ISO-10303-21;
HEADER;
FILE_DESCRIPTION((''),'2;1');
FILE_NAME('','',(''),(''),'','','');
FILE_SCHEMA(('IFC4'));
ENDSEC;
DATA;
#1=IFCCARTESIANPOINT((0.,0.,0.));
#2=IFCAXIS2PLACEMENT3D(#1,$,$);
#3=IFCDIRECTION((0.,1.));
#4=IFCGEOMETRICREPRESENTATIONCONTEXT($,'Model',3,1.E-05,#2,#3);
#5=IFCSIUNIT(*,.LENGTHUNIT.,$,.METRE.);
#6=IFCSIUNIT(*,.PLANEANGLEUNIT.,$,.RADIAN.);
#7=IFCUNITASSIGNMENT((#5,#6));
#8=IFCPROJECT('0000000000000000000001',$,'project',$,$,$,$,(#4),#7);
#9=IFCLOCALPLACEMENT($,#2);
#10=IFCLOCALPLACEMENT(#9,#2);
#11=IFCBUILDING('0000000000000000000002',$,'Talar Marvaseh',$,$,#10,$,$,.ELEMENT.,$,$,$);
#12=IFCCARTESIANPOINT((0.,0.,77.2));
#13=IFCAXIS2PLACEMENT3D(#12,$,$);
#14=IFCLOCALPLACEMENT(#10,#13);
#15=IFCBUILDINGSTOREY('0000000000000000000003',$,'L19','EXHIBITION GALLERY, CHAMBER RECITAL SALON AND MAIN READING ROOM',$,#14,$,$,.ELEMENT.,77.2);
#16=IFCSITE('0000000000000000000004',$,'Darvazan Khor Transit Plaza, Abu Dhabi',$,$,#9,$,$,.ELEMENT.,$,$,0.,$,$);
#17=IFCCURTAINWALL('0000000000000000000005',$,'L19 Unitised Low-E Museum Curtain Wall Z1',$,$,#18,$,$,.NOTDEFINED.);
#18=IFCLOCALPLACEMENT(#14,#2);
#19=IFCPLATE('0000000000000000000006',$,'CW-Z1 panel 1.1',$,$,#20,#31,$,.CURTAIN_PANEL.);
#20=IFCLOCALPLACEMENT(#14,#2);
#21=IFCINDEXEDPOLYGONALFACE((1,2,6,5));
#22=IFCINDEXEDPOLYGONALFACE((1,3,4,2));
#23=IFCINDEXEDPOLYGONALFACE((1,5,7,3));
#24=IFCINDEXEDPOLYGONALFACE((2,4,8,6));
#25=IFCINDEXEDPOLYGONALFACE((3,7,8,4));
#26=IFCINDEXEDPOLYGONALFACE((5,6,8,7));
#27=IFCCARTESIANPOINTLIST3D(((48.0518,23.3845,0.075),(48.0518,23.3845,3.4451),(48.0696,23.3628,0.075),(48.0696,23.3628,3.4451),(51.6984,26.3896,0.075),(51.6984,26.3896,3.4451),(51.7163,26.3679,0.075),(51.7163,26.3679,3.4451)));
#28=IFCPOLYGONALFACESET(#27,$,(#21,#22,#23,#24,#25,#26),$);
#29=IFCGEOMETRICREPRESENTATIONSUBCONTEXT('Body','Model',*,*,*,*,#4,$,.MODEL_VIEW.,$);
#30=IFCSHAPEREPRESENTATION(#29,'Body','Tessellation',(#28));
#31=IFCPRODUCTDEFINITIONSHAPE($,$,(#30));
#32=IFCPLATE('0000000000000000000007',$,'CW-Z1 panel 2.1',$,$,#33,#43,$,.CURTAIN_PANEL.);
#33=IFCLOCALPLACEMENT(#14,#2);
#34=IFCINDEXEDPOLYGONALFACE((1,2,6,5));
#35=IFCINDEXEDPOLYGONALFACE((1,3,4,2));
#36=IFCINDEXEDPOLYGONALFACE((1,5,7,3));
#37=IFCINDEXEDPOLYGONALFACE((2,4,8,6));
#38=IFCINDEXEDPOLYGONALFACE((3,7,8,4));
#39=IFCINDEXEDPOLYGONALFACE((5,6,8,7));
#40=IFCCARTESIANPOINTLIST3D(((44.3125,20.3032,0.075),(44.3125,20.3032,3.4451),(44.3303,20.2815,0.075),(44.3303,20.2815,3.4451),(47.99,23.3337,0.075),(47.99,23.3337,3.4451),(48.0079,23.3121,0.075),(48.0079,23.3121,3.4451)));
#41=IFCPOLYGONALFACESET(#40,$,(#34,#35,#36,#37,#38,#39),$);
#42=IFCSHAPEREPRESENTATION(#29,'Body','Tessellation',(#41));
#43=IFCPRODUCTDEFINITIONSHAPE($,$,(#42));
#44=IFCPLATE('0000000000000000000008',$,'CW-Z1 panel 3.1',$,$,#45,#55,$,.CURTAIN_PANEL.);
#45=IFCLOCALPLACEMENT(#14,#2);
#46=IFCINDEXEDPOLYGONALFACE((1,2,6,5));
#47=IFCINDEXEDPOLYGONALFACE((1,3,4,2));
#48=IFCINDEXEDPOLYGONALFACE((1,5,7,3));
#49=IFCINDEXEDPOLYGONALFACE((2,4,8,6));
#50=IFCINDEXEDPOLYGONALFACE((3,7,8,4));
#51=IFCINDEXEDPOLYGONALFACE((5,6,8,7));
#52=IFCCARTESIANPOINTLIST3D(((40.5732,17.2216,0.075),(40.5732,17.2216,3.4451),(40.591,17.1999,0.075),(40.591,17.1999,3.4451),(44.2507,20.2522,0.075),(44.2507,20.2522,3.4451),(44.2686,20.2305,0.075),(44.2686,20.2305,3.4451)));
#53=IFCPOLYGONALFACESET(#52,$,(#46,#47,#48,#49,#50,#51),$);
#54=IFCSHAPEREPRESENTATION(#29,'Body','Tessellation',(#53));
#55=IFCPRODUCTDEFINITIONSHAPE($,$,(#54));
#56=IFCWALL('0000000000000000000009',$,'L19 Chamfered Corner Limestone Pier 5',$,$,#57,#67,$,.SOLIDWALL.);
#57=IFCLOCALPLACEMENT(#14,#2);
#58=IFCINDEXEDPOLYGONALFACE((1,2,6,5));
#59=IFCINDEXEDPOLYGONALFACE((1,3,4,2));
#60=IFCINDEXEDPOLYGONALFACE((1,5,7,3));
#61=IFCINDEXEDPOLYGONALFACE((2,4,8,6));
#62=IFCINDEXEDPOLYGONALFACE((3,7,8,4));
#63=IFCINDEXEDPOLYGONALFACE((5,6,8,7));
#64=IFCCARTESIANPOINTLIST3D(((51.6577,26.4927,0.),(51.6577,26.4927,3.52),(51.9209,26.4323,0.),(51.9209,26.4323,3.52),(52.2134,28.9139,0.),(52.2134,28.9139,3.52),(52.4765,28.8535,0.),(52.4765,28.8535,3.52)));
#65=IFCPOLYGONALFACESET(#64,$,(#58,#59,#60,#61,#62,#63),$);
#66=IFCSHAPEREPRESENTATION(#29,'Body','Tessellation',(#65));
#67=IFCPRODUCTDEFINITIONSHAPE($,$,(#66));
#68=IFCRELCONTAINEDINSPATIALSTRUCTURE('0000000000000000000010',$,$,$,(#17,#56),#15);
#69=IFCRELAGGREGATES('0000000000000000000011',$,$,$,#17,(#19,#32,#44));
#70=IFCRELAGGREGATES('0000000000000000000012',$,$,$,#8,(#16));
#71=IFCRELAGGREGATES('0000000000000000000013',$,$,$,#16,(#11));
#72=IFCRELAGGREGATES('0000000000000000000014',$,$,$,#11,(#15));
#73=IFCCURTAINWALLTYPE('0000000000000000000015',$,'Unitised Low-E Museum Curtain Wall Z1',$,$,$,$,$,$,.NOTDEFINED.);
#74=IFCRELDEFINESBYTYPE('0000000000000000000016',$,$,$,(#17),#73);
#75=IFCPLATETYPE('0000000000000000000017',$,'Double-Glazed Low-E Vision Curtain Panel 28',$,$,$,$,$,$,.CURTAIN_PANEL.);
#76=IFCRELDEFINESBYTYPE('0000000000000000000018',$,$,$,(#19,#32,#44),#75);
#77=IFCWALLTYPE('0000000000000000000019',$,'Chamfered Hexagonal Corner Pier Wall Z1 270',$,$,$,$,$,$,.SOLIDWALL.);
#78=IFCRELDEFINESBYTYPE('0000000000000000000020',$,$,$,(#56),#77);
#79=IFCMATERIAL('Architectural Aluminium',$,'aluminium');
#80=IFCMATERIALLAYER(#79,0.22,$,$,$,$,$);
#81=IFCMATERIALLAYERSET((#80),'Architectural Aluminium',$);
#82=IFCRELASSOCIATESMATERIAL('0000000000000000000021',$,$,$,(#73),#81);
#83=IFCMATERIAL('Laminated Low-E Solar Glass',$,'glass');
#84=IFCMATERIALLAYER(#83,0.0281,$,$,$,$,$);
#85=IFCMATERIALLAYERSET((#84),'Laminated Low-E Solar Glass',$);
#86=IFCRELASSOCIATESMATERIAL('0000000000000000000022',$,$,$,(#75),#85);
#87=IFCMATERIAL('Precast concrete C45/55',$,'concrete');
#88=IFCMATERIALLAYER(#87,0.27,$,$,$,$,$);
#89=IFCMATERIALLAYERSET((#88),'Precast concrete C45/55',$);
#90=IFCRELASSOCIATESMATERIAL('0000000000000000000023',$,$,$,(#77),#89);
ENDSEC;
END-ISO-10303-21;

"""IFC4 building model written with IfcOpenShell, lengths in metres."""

from ifc_helpers import new_model, si_unit, direction, frame, frame_2d, origin, origin_2d, place, context, subcontext, project, spatial, rectangle, extrude, source, transform, mapped, material, layer, layer_set, type_object, element, aggregate, save


model = new_model("IFC4")

# Units and contexts
model_context = context("Model", 3, precision=1e-05, world=origin(), true_north=direction((0.0, 1.0)))
body_context = subcontext(model_context, "Body", "Model", "MODEL_VIEW")
ifc_project = project(units=[si_unit("LENGTHUNIT", "METRE"), si_unit("PLANEANGLEUNIT", "RADIAN")], contexts=[model_context])

# Site, building, storey
site_placement = place(None, origin())
site = spatial("IfcSite", under=ifc_project, at=site_placement, Name="Darvazan Khor Transit Plaza, Abu Dhabi", CompositionType="ELEMENT", RefElevation=0.0)
building_placement = place(site_placement, origin())
building = spatial("IfcBuilding", under=site, at=building_placement, Name="Talar Marvaseh", CompositionType="ELEMENT")
storey_placement = place(building_placement, frame((0.0, 0.0, 77.2)))
storey = spatial("IfcBuildingStorey", under=building, at=storey_placement, Name="L19", Description="EXHIBITION GALLERY, CHAMBER RECITAL SALON AND MAIN READING ROOM", CompositionType="ELEMENT", Elevation=77.2)

# Shared definitions
ifc_material_1 = material(Name="Architectural Aluminium", Category="aluminium")
ifc_layer_1 = layer(ifc_material_1, 0.22)
ifc_layer_set_1 = layer_set([ifc_layer_1], Name="Architectural Aluminium")
curtain_wall_type = type_object("IfcCurtainWallType", Name="Unitised Low-E Museum Curtain Wall Z1", PredefinedType="NOTDEFINED", material=ifc_layer_set_1)

# Curtain wall
curtain_wall_1_placement = place(storey_placement, origin())
curtain_wall_1 = element("IfcCurtainWall", 1, at=curtain_wall_1_placement, inside=storey, type_object=curtain_wall_type, Name="L19 Unitised Low-E Museum Curtain Wall Z1", PredefinedType="NOTDEFINED")

# Plates
ifc_material_2 = material(Name="Laminated Low-E Solar Glass", Category="glass")
ifc_layer_2 = layer(ifc_material_2, 0.0281)
ifc_layer_set_2 = layer_set([ifc_layer_2], Name="Laminated Low-E Solar Glass")
plate_type = type_object("IfcPlateType", Name="Double-Glazed Low-E Vision Curtain Panel 28", PredefinedType="CURTAIN_PANEL", material=ifc_layer_set_2)
shared_shape_1 = source(origin(), body_context, "Body", "SweptSolid", [
    extrude(rectangle(XDim=4.7253, YDim=0.0281, at=origin_2d()), origin(), (0.0, 0.0, 1.0), 3.3701),
])
plate_1_placement = place(storey_placement, frame((49.884, 24.8762, 0.075), z_axis=(0.0, 0.0, 1.0), x_axis=(-0.771723, -0.635959, 0.0)))
plate_1 = element("IfcPlate", 2, at=plate_1_placement, type_object=plate_type, Name="CW-Z1 panel 1.1", PredefinedType="CURTAIN_PANEL", context=body_context, shape_type="MappedRepresentation", body=[
    mapped(shared_shape_1, transform((0.0, 0.0, 0.0), x_axis=(1.0, 0.0, 0.0), y_axis=(0.0, 1.0, 0.0), z_axis=(0.0, 0.0, 1.0), scale=1.0)),
])
shared_shape_2 = source(origin(), body_context, "Body", "SweptSolid", [
    extrude(rectangle(XDim=4.7654, YDim=0.0281, at=origin_2d()), origin(), (0.0, 0.0, 1.0), 3.3701),
])
plate_2_placement = place(storey_placement, frame((46.1602, 21.8076, 0.075), z_axis=(0.0, 0.0, 1.0), x_axis=(-0.771723, -0.635959, 0.0)))
plate_2 = element("IfcPlate", 3, at=plate_2_placement, type_object=plate_type, Name="CW-Z1 panel 2.1", PredefinedType="CURTAIN_PANEL", context=body_context, shape_type="MappedRepresentation", body=[
    mapped(shared_shape_2, transform((0.0, 0.0, 0.0), x_axis=(1.0, 0.0, 0.0), y_axis=(0.0, 1.0, 0.0), z_axis=(0.0, 0.0, 1.0), scale=1.0)),
])
plate_3_placement = place(storey_placement, frame((42.4209, 18.7261, 0.075), z_axis=(0.0, 0.0, 1.0), x_axis=(-0.771723, -0.635959, 0.0)))
plate_3 = element("IfcPlate", 4, at=plate_3_placement, type_object=plate_type, Name="CW-Z1 panel 3.1", PredefinedType="CURTAIN_PANEL", context=body_context, shape_type="MappedRepresentation", body=[
    mapped(shared_shape_2, transform((0.0, 0.0, 0.0), x_axis=(1.0, 0.0, 0.0), y_axis=(0.0, 1.0, 0.0), z_axis=(0.0, 0.0, 1.0), scale=1.0)),
])
aggregate(curtain_wall_1, [plate_1, plate_2, plate_3])

# Wall
ifc_material_3 = material(Name="Precast concrete C45/55", Category="concrete")
ifc_layer_3 = layer(ifc_material_3, 0.27)
ifc_layer_set_3 = layer_set([ifc_layer_3], Name="Precast concrete C45/55")
wall_type = type_object("IfcWallType", Name="Chamfered Hexagonal Corner Pier Wall Z1 270", PredefinedType="SOLIDWALL", material=ifc_layer_set_3)
wall_placement = place(storey_placement, frame((52.345, 28.8838, 0.0), z_axis=(0.0, 0.0, 1.0), x_axis=(-0.223689, -0.97466, 0.0)))
element("IfcWall", 5, at=wall_placement, inside=storey, type_object=wall_type, Name="L19 Chamfered Corner Limestone Pier 5", PredefinedType="SOLIDWALL", context=body_context, shape_type="SweptSolid", body=[
    extrude(rectangle(XDim=2.4841, YDim=0.27, at=frame_2d((1.2422, 0.0))), origin(), (0.0, 0.0, 1.0), 3.52),
])

save(model, "model.ifc")
